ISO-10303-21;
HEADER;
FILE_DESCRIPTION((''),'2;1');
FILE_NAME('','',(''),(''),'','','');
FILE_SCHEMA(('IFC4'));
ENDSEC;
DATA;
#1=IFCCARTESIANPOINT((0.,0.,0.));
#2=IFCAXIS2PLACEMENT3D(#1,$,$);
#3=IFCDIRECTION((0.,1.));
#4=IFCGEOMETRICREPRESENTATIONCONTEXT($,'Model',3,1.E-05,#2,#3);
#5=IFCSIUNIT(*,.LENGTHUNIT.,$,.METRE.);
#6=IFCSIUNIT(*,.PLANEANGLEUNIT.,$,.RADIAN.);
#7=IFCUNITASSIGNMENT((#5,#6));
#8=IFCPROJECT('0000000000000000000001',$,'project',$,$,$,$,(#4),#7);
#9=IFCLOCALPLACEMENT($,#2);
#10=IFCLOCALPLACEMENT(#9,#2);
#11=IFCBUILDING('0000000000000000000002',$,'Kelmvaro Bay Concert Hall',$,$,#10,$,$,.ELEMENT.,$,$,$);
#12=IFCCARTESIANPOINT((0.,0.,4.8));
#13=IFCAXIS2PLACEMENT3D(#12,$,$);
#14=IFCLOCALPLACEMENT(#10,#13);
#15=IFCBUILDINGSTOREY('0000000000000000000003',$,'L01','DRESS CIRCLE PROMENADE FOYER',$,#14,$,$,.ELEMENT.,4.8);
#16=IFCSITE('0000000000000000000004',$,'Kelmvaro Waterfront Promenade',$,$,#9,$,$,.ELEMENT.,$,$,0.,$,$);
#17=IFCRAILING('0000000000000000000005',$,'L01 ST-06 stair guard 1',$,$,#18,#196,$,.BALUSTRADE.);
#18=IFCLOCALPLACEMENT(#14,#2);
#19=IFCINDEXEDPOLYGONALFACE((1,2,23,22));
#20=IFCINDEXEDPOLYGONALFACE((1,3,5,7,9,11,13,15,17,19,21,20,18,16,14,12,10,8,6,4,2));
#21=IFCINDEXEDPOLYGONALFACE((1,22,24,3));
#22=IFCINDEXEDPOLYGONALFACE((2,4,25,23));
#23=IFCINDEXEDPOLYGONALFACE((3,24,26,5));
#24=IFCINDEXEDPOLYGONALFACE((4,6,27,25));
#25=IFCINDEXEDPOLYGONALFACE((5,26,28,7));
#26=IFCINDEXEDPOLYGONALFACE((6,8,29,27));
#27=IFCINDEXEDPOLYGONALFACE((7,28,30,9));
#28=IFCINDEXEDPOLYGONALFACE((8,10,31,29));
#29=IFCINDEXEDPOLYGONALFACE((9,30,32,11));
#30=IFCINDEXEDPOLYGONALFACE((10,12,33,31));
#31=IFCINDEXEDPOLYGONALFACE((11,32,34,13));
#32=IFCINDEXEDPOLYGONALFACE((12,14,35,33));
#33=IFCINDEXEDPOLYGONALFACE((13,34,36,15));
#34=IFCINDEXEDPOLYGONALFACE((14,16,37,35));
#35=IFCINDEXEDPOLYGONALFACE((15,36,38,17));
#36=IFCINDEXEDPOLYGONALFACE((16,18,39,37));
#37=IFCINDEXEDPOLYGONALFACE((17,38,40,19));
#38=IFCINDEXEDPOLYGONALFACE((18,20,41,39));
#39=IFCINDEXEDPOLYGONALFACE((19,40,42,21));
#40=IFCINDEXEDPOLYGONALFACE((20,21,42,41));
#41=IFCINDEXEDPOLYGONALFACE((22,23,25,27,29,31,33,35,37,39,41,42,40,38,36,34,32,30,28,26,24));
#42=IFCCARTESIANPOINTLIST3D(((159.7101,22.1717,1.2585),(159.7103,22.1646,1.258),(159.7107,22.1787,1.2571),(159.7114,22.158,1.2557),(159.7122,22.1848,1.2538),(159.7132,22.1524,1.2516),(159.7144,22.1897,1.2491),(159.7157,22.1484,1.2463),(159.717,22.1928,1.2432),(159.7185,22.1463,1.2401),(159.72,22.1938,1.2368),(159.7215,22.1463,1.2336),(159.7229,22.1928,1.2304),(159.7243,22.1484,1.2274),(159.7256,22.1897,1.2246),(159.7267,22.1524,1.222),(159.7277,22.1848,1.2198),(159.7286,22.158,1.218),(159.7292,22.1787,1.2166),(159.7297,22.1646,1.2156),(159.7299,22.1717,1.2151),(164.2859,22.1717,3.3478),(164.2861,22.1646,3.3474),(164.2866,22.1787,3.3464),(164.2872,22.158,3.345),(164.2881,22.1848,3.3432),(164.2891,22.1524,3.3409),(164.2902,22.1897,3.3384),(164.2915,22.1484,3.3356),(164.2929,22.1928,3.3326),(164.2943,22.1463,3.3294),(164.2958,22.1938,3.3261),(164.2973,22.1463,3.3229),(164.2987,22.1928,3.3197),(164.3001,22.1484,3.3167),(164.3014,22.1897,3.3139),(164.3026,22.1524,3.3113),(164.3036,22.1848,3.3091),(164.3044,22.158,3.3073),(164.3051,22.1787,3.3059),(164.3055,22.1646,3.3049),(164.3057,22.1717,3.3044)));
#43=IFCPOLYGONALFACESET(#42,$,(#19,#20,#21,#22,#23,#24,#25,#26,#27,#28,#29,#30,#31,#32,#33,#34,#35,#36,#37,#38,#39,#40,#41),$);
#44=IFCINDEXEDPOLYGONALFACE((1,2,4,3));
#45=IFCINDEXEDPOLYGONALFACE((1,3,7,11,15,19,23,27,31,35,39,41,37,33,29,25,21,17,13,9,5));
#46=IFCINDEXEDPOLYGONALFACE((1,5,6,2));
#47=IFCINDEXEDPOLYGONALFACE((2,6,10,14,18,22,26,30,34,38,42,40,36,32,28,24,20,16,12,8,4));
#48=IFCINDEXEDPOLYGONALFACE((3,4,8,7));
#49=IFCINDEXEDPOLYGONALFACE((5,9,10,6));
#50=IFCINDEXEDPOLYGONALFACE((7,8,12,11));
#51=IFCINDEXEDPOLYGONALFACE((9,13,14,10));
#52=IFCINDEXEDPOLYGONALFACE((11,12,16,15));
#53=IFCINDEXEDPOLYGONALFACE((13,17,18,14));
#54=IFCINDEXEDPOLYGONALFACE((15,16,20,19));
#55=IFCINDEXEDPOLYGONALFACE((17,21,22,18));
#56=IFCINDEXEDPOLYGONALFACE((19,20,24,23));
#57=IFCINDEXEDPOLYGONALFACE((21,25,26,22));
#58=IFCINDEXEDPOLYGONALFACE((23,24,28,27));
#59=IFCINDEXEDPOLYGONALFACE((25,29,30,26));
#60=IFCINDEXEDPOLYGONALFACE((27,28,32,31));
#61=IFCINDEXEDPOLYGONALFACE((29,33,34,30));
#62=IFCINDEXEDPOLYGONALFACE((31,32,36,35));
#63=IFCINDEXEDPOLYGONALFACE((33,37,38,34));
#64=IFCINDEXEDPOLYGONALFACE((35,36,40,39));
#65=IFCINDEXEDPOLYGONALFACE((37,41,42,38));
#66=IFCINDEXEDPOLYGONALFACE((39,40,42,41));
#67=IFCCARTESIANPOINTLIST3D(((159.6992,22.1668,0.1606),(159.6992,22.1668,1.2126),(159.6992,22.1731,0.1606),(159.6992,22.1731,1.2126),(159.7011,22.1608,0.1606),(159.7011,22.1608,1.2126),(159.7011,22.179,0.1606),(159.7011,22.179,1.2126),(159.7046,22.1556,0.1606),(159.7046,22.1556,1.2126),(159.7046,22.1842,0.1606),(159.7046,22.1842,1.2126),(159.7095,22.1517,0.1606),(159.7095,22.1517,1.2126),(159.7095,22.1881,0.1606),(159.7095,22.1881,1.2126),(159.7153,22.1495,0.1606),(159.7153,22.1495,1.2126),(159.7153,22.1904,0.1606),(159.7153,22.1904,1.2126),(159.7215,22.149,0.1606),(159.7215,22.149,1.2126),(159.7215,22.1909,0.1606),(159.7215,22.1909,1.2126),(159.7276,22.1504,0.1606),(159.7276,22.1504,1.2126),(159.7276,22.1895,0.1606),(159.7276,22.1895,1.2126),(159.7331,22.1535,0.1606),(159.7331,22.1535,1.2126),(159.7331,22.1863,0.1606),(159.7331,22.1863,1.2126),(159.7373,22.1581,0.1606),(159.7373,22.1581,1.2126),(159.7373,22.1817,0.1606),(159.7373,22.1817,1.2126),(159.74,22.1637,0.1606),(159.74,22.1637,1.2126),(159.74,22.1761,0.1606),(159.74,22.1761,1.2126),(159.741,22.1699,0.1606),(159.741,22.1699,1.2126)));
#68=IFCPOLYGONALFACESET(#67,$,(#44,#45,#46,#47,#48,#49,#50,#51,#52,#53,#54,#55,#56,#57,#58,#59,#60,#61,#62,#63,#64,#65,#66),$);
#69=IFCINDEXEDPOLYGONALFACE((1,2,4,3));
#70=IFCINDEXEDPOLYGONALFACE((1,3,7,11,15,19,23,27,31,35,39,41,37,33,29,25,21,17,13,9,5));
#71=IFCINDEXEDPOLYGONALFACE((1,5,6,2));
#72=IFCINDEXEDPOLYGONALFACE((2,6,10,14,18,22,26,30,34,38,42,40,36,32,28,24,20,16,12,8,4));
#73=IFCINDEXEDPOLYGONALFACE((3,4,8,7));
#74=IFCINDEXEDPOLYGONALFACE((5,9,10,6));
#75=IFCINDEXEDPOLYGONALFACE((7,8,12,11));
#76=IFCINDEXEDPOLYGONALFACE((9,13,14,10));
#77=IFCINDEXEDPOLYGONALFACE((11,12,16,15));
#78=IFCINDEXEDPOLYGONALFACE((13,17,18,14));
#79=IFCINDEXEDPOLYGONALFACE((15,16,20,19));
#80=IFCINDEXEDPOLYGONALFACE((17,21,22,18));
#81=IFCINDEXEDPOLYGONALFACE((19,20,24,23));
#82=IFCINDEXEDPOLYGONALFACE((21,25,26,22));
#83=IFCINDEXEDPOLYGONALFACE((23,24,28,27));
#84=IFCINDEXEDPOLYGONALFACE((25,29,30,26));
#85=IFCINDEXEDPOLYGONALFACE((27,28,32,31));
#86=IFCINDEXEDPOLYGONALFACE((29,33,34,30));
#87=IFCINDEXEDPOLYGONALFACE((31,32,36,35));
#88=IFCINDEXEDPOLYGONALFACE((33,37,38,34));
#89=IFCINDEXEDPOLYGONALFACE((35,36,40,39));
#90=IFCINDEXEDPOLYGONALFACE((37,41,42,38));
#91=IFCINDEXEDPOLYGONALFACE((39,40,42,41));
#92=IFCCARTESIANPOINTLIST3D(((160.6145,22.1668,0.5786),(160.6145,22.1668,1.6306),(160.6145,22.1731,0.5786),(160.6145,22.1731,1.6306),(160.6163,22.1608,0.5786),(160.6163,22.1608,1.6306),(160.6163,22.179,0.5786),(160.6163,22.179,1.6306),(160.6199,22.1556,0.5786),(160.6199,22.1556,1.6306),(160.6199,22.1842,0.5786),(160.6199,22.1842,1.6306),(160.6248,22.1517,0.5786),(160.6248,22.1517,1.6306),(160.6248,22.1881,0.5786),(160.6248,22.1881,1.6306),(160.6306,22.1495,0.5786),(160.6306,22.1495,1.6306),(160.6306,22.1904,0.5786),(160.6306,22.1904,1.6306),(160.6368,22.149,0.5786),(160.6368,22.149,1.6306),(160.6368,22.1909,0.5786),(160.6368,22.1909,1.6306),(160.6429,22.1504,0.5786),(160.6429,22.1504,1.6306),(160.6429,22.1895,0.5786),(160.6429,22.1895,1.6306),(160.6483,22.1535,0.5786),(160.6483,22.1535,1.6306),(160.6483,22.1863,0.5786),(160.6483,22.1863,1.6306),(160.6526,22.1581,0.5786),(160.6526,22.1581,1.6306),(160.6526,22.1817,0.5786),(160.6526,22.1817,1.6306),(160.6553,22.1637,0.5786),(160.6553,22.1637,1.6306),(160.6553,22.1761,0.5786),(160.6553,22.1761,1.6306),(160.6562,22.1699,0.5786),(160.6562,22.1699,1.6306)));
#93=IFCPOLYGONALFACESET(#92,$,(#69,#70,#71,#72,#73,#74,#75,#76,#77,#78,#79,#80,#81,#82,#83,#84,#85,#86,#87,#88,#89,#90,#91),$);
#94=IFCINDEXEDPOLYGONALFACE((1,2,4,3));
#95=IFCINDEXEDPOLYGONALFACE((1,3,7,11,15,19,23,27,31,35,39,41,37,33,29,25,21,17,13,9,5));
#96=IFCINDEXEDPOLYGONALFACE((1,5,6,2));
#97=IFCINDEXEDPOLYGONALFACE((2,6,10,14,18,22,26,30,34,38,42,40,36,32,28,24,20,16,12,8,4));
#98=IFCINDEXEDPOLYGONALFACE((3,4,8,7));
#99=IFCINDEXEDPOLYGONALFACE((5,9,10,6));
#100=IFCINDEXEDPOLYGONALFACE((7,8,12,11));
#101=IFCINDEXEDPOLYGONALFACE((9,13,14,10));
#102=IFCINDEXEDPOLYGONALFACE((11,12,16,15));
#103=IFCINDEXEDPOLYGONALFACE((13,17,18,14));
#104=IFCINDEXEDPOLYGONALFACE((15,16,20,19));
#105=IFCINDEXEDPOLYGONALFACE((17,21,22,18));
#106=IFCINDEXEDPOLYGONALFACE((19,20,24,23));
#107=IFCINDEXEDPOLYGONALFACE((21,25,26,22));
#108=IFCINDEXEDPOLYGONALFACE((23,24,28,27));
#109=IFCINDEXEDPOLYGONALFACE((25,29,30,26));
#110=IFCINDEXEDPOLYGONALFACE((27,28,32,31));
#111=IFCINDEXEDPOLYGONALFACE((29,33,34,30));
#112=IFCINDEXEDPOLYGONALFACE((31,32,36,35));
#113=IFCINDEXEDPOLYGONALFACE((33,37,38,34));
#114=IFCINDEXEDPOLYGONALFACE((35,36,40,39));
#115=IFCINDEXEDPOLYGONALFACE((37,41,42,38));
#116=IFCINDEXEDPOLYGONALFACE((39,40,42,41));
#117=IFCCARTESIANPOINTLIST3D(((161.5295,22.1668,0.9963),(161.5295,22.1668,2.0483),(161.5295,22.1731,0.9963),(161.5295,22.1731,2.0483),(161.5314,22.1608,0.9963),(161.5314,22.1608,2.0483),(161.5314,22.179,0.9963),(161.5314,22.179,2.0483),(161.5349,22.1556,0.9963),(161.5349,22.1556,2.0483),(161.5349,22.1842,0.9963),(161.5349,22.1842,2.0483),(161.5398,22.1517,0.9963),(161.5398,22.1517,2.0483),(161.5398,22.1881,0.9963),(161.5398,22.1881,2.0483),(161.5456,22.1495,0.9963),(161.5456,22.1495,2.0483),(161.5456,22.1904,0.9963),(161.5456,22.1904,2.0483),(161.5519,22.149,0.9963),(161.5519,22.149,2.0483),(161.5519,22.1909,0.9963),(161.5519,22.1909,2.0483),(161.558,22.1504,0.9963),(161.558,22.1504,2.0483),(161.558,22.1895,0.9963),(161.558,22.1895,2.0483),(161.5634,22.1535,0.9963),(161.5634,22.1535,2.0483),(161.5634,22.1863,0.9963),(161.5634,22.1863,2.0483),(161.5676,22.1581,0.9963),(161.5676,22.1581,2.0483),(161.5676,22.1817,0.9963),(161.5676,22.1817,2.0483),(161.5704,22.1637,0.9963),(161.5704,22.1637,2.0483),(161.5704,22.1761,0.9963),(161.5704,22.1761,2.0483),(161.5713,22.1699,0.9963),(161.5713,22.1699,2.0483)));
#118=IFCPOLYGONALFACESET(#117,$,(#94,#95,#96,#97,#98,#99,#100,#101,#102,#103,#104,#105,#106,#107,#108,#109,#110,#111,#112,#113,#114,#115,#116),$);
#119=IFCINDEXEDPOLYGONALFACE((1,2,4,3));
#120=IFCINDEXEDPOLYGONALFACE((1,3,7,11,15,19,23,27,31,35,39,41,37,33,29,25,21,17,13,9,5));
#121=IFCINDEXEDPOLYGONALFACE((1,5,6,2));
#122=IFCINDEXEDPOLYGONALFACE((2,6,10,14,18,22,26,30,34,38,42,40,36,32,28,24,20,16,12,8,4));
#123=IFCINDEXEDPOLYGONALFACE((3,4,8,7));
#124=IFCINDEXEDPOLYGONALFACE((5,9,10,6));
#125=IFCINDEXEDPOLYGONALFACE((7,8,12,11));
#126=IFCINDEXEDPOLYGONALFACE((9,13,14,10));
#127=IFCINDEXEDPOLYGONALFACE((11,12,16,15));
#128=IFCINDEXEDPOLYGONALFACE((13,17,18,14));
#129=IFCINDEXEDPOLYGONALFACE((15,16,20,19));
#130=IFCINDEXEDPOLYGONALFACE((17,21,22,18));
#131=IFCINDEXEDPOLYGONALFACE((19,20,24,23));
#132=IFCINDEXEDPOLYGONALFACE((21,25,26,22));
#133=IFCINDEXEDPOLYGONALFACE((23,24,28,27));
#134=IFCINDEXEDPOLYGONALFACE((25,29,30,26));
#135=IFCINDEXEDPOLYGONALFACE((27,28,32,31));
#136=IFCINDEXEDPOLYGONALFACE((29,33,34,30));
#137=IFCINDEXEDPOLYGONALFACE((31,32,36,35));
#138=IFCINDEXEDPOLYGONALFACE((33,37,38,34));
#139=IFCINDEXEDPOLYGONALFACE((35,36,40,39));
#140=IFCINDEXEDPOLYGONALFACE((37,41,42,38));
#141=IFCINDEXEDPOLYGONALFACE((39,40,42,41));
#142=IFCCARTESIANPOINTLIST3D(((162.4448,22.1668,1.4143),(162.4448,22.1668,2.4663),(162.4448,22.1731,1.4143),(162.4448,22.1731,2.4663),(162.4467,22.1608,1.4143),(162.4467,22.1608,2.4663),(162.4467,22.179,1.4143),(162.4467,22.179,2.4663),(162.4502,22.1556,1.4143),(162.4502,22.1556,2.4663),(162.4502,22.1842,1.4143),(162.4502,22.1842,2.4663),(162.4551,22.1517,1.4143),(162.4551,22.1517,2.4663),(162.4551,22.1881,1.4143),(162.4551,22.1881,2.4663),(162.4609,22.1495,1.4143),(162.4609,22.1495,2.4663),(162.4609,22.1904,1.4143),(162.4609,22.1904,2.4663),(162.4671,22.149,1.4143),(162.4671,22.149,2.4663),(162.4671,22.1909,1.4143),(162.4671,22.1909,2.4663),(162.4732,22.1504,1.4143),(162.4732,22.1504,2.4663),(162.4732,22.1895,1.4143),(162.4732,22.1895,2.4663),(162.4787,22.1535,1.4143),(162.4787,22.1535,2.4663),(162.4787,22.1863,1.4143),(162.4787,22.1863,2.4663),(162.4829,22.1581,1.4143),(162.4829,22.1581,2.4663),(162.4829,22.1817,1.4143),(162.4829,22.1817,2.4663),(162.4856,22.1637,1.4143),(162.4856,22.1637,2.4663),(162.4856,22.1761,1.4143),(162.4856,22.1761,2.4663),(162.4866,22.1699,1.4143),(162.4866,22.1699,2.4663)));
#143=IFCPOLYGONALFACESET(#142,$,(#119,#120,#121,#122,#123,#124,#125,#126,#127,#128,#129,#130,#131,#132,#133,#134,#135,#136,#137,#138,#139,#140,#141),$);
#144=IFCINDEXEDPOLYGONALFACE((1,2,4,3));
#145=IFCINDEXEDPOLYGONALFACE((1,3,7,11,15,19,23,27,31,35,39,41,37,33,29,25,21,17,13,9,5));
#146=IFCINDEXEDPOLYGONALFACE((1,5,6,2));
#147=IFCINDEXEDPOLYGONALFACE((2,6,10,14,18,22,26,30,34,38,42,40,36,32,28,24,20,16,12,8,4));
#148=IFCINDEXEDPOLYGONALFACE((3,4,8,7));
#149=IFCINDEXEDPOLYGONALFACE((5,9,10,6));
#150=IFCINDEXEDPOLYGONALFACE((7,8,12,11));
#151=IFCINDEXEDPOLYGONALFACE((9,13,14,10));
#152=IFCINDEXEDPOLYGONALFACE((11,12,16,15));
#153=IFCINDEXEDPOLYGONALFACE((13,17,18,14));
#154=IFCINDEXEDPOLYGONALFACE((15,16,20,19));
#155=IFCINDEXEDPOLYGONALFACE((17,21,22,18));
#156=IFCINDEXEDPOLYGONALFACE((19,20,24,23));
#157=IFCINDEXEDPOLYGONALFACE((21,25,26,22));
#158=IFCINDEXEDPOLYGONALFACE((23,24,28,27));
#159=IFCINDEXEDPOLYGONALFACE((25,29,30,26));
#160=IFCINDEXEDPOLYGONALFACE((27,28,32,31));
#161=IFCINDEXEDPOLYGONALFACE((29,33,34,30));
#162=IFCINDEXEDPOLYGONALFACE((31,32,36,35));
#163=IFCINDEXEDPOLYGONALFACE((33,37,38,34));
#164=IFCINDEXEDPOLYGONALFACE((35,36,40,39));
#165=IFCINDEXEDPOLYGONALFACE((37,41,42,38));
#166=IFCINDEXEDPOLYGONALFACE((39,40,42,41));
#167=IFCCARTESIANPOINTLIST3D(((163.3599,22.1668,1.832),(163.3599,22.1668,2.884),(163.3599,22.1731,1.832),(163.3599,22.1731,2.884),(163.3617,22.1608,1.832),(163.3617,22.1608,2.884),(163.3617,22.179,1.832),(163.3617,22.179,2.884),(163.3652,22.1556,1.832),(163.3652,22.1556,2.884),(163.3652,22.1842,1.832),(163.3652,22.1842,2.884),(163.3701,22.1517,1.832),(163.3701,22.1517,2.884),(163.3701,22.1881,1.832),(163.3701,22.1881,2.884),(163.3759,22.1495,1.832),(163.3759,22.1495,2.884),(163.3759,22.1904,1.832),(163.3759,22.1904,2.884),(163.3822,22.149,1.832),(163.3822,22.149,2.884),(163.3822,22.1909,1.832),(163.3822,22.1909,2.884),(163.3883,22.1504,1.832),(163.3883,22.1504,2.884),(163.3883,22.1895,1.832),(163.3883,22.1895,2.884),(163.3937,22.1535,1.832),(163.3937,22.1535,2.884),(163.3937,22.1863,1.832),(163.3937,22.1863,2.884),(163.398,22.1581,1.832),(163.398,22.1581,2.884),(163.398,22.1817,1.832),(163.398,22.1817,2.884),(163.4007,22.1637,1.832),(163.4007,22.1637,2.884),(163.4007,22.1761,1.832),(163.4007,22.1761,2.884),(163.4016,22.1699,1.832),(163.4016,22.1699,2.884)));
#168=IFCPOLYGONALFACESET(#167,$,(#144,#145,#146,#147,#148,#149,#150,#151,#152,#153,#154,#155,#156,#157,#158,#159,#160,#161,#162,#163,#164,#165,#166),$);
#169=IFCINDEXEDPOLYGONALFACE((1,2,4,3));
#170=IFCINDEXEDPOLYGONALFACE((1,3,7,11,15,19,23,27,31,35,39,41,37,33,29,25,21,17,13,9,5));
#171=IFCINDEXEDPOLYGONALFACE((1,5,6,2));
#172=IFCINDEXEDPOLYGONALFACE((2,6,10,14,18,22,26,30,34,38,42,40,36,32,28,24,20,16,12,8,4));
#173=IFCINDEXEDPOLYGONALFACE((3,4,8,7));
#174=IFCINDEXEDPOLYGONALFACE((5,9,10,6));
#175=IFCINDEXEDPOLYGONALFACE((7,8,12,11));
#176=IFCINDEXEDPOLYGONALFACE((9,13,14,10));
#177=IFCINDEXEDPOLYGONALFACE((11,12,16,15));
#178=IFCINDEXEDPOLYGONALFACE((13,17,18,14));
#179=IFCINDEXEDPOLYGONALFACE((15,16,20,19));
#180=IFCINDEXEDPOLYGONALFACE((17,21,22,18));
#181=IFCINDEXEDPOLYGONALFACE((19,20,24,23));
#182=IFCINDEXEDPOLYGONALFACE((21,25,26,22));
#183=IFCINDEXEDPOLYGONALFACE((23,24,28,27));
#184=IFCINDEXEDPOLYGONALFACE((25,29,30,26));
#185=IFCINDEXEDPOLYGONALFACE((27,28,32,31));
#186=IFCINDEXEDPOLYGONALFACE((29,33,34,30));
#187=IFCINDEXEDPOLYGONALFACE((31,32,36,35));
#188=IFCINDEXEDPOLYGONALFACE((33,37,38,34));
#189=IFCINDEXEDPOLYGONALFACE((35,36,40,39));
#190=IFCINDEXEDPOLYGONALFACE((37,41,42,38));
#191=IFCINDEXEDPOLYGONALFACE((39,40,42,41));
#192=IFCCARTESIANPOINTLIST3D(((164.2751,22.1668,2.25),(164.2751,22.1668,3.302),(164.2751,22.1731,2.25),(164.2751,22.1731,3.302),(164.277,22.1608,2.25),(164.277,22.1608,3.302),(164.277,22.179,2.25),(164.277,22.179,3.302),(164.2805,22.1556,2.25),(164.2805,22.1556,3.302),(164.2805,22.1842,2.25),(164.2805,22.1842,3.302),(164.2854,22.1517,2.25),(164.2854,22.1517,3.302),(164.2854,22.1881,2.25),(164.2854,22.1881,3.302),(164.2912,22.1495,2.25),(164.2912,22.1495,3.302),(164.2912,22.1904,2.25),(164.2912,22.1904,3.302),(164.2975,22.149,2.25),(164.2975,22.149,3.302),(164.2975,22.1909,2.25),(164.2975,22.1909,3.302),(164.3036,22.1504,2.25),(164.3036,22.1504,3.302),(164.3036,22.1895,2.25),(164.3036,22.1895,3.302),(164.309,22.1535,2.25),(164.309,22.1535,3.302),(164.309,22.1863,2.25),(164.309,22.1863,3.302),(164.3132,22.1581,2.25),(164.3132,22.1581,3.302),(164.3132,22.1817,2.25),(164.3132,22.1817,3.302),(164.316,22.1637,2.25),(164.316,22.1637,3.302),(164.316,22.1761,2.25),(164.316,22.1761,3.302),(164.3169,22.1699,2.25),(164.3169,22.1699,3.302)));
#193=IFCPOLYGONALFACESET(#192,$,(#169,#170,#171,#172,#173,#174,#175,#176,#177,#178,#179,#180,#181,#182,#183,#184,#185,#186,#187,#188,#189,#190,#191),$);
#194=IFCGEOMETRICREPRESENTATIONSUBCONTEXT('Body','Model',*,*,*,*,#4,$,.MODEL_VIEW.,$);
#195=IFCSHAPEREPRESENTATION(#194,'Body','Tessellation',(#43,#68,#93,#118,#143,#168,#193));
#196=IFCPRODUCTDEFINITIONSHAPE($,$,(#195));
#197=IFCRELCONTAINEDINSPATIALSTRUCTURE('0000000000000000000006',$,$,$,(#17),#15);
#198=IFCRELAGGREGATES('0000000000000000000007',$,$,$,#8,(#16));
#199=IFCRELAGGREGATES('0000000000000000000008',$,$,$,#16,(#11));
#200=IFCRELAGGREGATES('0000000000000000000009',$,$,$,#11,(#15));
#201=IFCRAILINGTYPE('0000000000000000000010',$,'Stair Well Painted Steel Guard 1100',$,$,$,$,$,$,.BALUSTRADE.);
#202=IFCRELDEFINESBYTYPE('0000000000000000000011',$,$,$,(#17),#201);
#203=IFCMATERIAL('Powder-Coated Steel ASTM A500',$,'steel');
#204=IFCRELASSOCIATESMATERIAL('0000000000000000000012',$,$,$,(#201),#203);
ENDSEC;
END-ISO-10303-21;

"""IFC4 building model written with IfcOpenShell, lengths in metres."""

from ifc_helpers import new_model, si_unit, direction, frame, origin, origin_2d, place, context, subcontext, project, spatial, circle, extrude, material, type_object, element, save


model = new_model("IFC4")

# Units and contexts
model_context = context("Model", 3, precision=1e-05, world=origin(), true_north=direction((0.0, 1.0)))
body_context = subcontext(model_context, "Body", "Model", "MODEL_VIEW")
ifc_project = project(units=[si_unit("LENGTHUNIT", "METRE"), si_unit("PLANEANGLEUNIT", "RADIAN")], contexts=[model_context])

# Site, building, storey
site_placement = place(None, origin())
site = spatial("IfcSite", under=ifc_project, at=site_placement, Name="Kelmvaro Waterfront Promenade", CompositionType="ELEMENT", RefElevation=0.0)
building_placement = place(site_placement, origin())
building = spatial("IfcBuilding", under=site, at=building_placement, Name="Kelmvaro Bay Concert Hall", CompositionType="ELEMENT")
storey_placement = place(building_placement, frame((0.0, 0.0, 4.8)))
storey = spatial("IfcBuildingStorey", under=building, at=storey_placement, Name="L01", Description="DRESS CIRCLE PROMENADE FOYER", CompositionType="ELEMENT", Elevation=4.8)

# Railing
ifc_material_1 = material(Name="Powder-Coated Steel ASTM A500", Category="steel")
railing_type_1 = type_object("IfcRailingType", Name="Stair Well Painted Steel Guard 1100", PredefinedType="BALUSTRADE", material=ifc_material_1)
railing_1_placement = place(storey_placement, frame((159.72, 22.1699, 0.1606)))
element("IfcRailing", 1, at=railing_1_placement, inside=storey, type_object=railing_type_1, Name="L01 ST-06 stair guard 1", PredefinedType="BALUSTRADE", context=body_context, shape_type="SweptSolid", body=[
    extrude(circle(Radius=0.0239, at=origin_2d()), frame((0.0, 0.0, 1.0762), z_axis=(0.909662, 0.0, 0.415349), x_axis=(0.0, 1.0, 0.0)), (0.0, 0.0, 1.0), 5.0303),
    extrude(circle(Radius=0.021, at=origin_2d()), origin(), (0.0, 0.0, 1.0), 1.052),
    extrude(circle(Radius=0.021, at=origin_2d()), frame((0.9153, 0.0, 0.418)), (0.0, 0.0, 1.0), 1.052),
    extrude(circle(Radius=0.021, at=origin_2d()), frame((1.8303, 0.0, 0.8357)), (0.0, 0.0, 1.0), 1.052),
    extrude(circle(Radius=0.021, at=origin_2d()), frame((2.7456, 0.0, 1.2537)), (0.0, 0.0, 1.0), 1.052),
    extrude(circle(Radius=0.021, at=origin_2d()), frame((3.6606, 0.0, 1.6714)), (0.0, 0.0, 1.0), 1.052),
    extrude(circle(Radius=0.021, at=origin_2d()), frame((4.5759, 0.0, 2.0894)), (0.0, 0.0, 1.0), 1.052),
])

save(model, "model.ifc")
